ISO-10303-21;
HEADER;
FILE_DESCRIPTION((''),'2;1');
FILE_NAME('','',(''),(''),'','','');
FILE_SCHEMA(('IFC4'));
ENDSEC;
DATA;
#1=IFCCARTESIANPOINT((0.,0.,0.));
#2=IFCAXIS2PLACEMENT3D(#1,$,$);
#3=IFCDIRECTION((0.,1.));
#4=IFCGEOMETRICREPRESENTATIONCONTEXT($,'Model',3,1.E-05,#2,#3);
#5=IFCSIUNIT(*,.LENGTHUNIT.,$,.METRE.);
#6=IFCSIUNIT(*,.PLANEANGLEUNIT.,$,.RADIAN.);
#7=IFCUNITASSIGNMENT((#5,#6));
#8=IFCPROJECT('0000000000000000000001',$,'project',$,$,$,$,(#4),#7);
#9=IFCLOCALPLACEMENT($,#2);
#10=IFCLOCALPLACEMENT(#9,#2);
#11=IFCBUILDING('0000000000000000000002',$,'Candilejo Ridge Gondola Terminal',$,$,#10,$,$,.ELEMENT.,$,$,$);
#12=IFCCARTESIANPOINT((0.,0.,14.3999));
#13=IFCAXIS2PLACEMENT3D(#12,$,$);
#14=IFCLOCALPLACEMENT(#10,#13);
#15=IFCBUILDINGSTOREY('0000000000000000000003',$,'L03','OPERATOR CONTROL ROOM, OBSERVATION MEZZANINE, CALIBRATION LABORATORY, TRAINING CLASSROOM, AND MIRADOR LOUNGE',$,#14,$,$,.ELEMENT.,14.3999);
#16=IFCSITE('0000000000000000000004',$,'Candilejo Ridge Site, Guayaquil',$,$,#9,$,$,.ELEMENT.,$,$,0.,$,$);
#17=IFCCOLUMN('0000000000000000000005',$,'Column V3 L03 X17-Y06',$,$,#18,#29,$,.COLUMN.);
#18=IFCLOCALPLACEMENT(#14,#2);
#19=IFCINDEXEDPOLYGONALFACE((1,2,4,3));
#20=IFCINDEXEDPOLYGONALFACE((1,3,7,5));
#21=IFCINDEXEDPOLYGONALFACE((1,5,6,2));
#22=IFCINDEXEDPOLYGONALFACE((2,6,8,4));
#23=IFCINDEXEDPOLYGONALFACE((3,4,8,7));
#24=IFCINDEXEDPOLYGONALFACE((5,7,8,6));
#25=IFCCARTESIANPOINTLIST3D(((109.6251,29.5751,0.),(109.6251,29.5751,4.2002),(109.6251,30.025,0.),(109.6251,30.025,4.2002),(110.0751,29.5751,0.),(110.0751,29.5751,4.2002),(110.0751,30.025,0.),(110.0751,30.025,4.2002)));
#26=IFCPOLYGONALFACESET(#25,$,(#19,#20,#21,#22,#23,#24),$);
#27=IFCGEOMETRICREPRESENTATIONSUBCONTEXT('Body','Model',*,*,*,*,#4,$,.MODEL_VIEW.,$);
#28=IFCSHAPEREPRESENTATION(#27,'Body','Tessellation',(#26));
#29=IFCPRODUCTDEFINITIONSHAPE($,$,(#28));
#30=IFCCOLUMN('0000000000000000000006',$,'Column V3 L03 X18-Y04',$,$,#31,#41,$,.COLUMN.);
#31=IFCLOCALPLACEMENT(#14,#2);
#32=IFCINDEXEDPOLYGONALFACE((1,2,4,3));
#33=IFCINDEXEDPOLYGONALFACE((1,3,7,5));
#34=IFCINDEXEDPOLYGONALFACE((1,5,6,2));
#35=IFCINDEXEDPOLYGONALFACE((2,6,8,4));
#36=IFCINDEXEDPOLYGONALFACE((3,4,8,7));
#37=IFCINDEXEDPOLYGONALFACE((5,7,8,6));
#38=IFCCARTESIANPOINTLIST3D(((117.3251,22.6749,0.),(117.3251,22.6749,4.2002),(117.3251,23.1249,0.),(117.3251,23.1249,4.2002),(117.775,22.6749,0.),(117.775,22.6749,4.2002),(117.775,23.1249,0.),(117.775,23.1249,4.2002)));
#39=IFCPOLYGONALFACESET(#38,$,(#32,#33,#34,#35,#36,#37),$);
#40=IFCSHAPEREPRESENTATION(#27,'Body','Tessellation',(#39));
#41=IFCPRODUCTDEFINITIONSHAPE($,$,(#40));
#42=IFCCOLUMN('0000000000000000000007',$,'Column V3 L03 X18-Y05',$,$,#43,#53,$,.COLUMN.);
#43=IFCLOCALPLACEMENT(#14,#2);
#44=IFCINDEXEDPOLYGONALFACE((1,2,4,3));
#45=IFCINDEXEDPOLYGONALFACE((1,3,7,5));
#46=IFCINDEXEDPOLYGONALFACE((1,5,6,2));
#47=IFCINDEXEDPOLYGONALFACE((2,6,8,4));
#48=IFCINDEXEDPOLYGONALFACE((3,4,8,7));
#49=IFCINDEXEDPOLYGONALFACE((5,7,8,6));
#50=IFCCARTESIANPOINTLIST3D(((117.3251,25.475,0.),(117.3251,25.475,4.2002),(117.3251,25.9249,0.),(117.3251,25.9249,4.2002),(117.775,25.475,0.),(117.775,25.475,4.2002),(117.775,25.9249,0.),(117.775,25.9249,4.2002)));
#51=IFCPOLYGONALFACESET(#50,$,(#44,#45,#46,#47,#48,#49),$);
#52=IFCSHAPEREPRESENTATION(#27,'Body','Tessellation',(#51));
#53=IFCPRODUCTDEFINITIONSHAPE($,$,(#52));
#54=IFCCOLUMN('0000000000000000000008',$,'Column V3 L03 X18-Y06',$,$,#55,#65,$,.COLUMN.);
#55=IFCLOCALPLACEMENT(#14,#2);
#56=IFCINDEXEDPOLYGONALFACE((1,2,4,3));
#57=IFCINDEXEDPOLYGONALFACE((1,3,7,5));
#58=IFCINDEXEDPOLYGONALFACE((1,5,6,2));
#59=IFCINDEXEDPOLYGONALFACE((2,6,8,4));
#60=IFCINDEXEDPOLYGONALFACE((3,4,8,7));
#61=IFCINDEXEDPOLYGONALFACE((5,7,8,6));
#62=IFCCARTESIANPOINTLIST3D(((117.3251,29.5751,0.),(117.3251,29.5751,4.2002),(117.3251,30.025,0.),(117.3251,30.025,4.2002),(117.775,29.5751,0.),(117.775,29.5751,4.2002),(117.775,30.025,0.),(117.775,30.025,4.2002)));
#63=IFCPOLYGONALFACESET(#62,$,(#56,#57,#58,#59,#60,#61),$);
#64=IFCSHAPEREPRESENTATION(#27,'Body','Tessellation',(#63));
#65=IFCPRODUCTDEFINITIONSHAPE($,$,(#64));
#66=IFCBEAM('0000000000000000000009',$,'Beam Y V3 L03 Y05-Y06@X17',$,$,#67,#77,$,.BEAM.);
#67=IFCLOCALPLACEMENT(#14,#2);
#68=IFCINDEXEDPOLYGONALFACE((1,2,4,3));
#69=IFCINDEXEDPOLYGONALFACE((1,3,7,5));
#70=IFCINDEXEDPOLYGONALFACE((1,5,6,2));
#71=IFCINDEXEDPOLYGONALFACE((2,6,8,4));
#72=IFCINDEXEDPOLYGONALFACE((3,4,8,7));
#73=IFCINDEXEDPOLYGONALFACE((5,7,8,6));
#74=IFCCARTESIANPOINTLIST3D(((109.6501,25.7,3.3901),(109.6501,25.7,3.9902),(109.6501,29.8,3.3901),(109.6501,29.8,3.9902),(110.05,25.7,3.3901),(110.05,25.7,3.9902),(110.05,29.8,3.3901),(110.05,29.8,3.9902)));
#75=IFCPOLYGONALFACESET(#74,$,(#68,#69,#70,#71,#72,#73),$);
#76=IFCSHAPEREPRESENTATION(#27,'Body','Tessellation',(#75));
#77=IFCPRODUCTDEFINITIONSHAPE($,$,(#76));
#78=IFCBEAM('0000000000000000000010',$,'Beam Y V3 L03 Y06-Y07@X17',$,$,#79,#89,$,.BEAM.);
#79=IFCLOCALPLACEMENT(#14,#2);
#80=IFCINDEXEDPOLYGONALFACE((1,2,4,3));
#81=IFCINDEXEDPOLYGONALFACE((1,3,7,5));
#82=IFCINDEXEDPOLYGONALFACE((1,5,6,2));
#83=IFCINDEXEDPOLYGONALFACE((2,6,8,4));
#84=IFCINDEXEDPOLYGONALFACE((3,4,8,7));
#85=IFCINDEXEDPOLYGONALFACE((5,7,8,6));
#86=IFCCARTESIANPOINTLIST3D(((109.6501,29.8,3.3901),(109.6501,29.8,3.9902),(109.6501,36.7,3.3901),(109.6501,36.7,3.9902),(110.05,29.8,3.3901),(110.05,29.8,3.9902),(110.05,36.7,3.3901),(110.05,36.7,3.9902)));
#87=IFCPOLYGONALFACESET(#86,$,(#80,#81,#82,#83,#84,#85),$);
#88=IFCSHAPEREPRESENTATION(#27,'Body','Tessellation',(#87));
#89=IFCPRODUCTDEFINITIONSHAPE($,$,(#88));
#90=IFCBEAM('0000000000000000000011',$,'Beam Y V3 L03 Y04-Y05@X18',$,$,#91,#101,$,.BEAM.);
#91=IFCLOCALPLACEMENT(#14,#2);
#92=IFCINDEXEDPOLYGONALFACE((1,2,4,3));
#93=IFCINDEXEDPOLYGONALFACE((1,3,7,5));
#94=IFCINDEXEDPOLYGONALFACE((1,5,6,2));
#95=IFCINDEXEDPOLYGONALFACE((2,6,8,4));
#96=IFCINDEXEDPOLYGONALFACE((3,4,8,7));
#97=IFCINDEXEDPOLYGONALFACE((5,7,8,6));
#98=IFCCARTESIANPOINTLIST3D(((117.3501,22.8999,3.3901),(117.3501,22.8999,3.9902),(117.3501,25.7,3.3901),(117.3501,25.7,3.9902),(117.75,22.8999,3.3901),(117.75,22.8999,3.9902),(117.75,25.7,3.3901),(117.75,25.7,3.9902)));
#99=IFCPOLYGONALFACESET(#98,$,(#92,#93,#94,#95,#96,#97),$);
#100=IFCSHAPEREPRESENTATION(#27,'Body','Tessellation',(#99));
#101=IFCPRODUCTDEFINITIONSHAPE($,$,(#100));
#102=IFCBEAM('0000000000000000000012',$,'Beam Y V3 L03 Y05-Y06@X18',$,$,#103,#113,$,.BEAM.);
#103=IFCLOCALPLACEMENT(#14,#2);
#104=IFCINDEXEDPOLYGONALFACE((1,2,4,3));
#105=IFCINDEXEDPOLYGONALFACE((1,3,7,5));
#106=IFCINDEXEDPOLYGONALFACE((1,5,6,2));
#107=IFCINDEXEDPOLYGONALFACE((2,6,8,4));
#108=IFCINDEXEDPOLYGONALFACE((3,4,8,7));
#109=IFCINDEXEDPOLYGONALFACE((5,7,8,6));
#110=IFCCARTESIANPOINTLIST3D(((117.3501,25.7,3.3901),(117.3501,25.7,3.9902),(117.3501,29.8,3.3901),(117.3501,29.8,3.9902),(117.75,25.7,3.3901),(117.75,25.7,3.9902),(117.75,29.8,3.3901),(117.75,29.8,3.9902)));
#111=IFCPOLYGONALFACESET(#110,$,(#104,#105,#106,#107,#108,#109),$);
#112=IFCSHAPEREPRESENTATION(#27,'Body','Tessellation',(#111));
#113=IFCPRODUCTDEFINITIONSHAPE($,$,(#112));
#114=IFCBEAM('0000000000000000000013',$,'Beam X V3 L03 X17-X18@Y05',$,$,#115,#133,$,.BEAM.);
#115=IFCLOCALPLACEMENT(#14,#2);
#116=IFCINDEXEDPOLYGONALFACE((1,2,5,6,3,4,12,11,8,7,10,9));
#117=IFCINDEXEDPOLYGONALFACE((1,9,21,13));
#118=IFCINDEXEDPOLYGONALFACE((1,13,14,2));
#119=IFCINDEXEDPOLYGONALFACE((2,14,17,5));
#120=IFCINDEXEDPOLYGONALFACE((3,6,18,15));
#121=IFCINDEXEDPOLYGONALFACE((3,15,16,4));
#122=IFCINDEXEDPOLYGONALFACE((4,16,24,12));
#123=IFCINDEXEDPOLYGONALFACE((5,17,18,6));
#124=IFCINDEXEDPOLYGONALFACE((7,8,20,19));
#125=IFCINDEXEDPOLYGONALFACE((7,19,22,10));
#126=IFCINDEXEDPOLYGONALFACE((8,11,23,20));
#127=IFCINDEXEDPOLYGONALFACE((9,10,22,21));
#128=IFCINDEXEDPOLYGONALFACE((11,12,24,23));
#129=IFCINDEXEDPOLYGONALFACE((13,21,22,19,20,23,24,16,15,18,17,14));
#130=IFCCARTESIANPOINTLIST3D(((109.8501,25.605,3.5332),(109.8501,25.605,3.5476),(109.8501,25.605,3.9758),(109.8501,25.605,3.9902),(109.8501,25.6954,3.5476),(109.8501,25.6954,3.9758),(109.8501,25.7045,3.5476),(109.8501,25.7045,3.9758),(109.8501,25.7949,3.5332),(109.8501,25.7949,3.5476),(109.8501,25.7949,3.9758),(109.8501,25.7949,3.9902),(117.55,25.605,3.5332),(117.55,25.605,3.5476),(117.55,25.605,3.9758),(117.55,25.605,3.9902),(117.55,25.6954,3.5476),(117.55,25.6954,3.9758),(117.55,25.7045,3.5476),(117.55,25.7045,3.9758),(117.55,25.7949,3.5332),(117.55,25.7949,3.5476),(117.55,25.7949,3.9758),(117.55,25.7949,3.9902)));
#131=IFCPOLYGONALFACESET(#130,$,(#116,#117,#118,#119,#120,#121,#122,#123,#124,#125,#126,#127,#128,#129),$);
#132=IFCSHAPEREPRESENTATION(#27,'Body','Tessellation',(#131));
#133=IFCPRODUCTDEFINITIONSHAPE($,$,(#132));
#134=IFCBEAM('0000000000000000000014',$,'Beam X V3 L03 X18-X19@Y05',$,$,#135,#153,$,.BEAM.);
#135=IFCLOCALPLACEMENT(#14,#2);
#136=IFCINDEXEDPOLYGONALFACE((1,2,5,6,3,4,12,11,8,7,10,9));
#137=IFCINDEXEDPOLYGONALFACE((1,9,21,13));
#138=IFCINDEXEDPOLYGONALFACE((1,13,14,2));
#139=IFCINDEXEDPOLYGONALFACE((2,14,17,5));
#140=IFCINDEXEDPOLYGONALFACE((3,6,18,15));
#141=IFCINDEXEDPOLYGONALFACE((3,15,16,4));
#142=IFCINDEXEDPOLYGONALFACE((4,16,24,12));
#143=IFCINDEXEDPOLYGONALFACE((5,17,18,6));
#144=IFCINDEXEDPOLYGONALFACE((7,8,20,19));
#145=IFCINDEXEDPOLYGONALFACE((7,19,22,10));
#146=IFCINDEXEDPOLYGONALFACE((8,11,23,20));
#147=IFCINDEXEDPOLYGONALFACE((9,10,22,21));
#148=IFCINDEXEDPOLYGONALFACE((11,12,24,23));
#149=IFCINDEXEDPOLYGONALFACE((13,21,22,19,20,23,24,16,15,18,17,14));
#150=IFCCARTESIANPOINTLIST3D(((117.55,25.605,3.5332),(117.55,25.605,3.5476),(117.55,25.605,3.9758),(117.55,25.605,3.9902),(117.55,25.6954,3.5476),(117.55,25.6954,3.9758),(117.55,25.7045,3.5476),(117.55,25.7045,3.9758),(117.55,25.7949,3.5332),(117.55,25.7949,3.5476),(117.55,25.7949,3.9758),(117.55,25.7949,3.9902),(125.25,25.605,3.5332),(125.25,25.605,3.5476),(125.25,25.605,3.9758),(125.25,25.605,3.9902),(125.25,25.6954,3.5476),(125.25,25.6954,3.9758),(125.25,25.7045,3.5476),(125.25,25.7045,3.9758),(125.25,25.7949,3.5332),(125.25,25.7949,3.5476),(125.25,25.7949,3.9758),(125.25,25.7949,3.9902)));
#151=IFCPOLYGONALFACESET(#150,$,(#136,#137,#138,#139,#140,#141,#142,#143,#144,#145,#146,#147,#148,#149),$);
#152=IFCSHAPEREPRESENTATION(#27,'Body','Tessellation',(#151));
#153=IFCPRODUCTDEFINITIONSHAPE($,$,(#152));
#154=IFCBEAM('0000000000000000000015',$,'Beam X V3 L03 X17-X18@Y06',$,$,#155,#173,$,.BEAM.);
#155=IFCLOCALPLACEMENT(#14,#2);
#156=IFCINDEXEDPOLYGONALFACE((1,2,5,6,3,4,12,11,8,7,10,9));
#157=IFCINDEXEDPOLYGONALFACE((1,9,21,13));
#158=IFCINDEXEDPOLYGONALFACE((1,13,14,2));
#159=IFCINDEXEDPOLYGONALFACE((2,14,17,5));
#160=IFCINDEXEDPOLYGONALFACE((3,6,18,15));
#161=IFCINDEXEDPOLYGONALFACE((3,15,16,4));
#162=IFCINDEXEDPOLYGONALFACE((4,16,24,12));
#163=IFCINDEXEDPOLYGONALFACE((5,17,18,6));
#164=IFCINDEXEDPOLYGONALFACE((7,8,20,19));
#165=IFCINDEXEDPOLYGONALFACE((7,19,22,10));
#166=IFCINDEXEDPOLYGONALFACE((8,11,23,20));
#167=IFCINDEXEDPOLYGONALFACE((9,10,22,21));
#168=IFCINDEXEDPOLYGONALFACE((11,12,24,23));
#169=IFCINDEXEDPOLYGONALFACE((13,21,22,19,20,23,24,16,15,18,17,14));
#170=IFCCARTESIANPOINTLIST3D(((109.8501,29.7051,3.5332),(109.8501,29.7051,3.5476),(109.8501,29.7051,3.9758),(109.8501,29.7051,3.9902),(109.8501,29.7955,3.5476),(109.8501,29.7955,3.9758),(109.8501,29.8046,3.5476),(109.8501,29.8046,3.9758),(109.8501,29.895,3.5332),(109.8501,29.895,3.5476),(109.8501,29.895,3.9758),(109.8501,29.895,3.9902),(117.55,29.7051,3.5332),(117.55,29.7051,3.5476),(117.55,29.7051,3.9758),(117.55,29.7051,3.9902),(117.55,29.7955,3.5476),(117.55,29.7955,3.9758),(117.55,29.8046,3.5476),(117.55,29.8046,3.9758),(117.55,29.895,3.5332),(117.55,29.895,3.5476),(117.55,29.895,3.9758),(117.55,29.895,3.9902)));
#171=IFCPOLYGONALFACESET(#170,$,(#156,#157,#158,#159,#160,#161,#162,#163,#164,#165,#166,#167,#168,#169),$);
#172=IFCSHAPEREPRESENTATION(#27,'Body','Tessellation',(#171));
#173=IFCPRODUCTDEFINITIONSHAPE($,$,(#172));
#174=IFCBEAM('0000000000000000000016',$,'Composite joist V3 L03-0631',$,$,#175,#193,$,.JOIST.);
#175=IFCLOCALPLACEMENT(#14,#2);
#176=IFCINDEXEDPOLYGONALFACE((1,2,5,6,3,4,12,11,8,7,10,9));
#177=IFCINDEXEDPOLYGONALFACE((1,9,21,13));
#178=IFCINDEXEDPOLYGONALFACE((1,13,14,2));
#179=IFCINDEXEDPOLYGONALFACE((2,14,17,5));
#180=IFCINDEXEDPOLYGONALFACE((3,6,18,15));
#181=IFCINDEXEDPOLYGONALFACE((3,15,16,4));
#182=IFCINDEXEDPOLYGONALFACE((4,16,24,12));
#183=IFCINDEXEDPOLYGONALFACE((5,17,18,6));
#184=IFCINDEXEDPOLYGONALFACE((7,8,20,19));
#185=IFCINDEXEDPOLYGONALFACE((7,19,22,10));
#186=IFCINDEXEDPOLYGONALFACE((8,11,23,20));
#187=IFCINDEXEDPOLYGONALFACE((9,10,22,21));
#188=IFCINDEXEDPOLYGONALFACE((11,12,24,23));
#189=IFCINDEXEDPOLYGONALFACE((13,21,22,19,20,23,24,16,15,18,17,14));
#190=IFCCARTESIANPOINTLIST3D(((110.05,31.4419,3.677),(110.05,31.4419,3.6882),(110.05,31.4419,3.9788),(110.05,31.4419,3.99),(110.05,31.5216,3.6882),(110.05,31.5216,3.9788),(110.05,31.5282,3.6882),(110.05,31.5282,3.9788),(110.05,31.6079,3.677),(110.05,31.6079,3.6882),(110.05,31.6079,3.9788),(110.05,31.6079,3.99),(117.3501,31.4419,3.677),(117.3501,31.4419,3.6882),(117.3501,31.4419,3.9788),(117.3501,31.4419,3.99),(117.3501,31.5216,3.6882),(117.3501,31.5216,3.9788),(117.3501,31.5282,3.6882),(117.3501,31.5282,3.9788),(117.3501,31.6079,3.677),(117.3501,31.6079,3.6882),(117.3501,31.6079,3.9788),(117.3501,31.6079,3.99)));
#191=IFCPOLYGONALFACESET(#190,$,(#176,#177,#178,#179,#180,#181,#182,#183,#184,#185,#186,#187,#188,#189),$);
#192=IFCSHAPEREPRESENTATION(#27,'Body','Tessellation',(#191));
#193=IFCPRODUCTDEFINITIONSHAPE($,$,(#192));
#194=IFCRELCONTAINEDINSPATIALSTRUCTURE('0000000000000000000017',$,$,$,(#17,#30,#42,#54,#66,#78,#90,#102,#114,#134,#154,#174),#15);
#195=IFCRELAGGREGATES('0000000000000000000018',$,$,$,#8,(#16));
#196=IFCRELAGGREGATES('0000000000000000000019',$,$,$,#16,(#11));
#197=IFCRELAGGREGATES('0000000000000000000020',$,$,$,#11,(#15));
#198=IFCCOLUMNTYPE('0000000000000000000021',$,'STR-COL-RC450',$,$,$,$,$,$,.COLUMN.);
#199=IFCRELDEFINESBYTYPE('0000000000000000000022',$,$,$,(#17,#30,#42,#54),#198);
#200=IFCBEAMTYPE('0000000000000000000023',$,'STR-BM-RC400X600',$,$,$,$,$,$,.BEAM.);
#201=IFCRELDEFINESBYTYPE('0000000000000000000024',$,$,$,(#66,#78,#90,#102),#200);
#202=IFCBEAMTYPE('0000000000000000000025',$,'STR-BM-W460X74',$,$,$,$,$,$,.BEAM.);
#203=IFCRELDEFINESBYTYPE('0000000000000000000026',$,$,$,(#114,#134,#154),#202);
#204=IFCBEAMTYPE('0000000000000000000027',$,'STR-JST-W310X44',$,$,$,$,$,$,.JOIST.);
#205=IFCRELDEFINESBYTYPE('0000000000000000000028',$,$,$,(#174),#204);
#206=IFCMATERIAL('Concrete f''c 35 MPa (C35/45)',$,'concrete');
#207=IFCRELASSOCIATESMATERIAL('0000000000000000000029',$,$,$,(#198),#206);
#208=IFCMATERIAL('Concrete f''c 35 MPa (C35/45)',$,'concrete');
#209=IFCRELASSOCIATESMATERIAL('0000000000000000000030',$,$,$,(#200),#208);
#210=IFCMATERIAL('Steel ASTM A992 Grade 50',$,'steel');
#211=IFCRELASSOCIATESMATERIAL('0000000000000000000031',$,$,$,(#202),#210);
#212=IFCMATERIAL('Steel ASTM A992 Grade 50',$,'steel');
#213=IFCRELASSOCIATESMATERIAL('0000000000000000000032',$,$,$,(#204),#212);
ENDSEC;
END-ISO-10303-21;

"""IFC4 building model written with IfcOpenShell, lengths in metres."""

from ifc_helpers import new_model, si_unit, direction, frame, origin, origin_2d, place, context, subcontext, project, spatial, rectangle, i_section, extrude, material, material_profile, profile_set, type_object, element, save


model = new_model("IFC4")

# Units and contexts
model_context = context("Model", 3, precision=1e-05, world=origin(), true_north=direction((0.0, 1.0)))
body_context = subcontext(model_context, "Body", "Model", "MODEL_VIEW")
ifc_project = project(units=[si_unit("LENGTHUNIT", "METRE"), si_unit("PLANEANGLEUNIT", "RADIAN")], contexts=[model_context])

# Site, building, storey
site_placement = place(None, origin())
site = spatial("IfcSite", under=ifc_project, at=site_placement, Name="Candilejo Ridge Site, Guayaquil", CompositionType="ELEMENT", RefElevation=0.0)
building_placement = place(site_placement, origin())
building = spatial("IfcBuilding", under=site, at=building_placement, Name="Candilejo Ridge Gondola Terminal", CompositionType="ELEMENT")
storey_placement = place(building_placement, frame((0.0, 0.0, 14.3999)))
storey = spatial("IfcBuildingStorey", under=building, at=storey_placement, Name="L03", Description="OPERATOR CONTROL ROOM, OBSERVATION MEZZANINE, CALIBRATION LABORATORY, TRAINING CLASSROOM, AND MIRADOR LOUNGE", CompositionType="ELEMENT", Elevation=14.3999)

# Columns
ifc_material_1 = material(Name="Concrete f'c 35 MPa (C35/45)", Category="concrete")
ifc_material_profile_1 = material_profile(ifc_material_1, rectangle(XDim=0.45, YDim=0.45, at=origin_2d()))
ifc_profile_set_1 = profile_set([ifc_material_profile_1], Name="Concrete f'c 35 MPa (C35/45)")
column_type = type_object("IfcColumnType", Name="STR-COL-RC450", PredefinedType="COLUMN", material=ifc_profile_set_1)
for number, where, z_axis, x_axis, name in (
    (1, (109.8501, 29.8, 0.0), (0.0, 0.0, 1.0), (1.0, 0.0, 0.0), "Column V3 L03 X17-Y06"),
    (2, (117.55, 22.8999, 0.0), (0.0, 0.0, 1.0), (1.0, 0.0, 0.0), "Column V3 L03 X18-Y04"),
    (3, (117.55, 25.7, 0.0), (0.0, 0.0, 1.0), (1.0, 0.0, 0.0), "Column V3 L03 X18-Y05"),
    (4, (117.55, 29.8, 0.0), (0.0, 0.0, 1.0), (1.0, 0.0, 0.0), "Column V3 L03 X18-Y06"),
):
    element("IfcColumn", number, at=place(storey_placement, frame(where, z_axis=z_axis, x_axis=x_axis)), inside=storey, type_object=column_type, Name=name, PredefinedType="COLUMN", context=body_context, shape_type="SweptSolid", body=[
        extrude(rectangle(XDim=0.45, YDim=0.45, at=origin_2d()), origin(), (0.0, 0.0, 1.0), 4.2002),
    ])

# Beams
ifc_material_2 = material(Name="Concrete f'c 35 MPa (C35/45)", Category="concrete")
ifc_material_profile_2 = material_profile(ifc_material_2, rectangle(XDim=0.3999, YDim=0.6001, at=origin_2d()))
ifc_profile_set_2 = profile_set([ifc_material_profile_2], Name="Concrete f'c 35 MPa (C35/45)")
beam_type_1 = type_object("IfcBeamType", Name="STR-BM-RC400X600", PredefinedType="BEAM", material=ifc_profile_set_2)
beam_1_placement = place(storey_placement, frame((109.8501, 25.7, 3.6902), z_axis=(0.0, 1.0, 0.0), x_axis=(-1.0, 0.0, 0.0)))
element("IfcBeam", 5, at=beam_1_placement, inside=storey, type_object=beam_type_1, Name="Beam Y V3 L03 Y05-Y06@X17", PredefinedType="BEAM", context=body_context, shape_type="SweptSolid", body=[
    extrude(rectangle(XDim=0.3999, YDim=0.6001, at=origin_2d()), origin(), (0.0, 0.0, 1.0), 4.1001),
])
beam_2_placement = place(storey_placement, frame((109.8501, 29.8, 3.6902), z_axis=(0.0, 1.0, 0.0), x_axis=(-1.0, 0.0, 0.0)))
element("IfcBeam", 6, at=beam_2_placement, inside=storey, type_object=beam_type_1, Name="Beam Y V3 L03 Y06-Y07@X17", PredefinedType="BEAM", context=body_context, shape_type="SweptSolid", body=[
    extrude(rectangle(XDim=0.3999, YDim=0.6001, at=origin_2d()), origin(), (0.0, 0.0, 1.0), 6.8999),
])
beam_3_placement = place(storey_placement, frame((117.55, 22.8999, 3.6902), z_axis=(0.0, 1.0, 0.0), x_axis=(-1.0, 0.0, 0.0)))
element("IfcBeam", 7, at=beam_3_placement, inside=storey, type_object=beam_type_1, Name="Beam Y V3 L03 Y04-Y05@X18", PredefinedType="BEAM", context=body_context, shape_type="SweptSolid", body=[
    extrude(rectangle(XDim=0.3999, YDim=0.6001, at=origin_2d()), origin(), (0.0, 0.0, 1.0), 2.8),
])
beam_4_placement = place(storey_placement, frame((117.55, 25.7, 3.6902), z_axis=(0.0, 1.0, 0.0), x_axis=(-1.0, 0.0, 0.0)))
element("IfcBeam", 8, at=beam_4_placement, inside=storey, type_object=beam_type_1, Name="Beam Y V3 L03 Y05-Y06@X18", PredefinedType="BEAM", context=body_context, shape_type="SweptSolid", body=[
    extrude(rectangle(XDim=0.3999, YDim=0.6001, at=origin_2d()), origin(), (0.0, 0.0, 1.0), 4.1001),
])
ifc_material_3 = material(Name="Steel ASTM A992 Grade 50", Category="steel")
ifc_material_profile_3 = material_profile(ifc_material_3, i_section(OverallWidth=0.1899, OverallDepth=0.457, WebThickness=0.009, FlangeThickness=0.0144, at=origin_2d()))
ifc_profile_set_3 = profile_set([ifc_material_profile_3], Name="Steel ASTM A992 Grade 50")
beam_type_2 = type_object("IfcBeamType", Name="STR-BM-W460X74", PredefinedType="BEAM", material=ifc_profile_set_3)
for number, where, z_axis, x_axis, name in (
    (9, (109.8501, 25.7, 3.7617), (1.0, 0.0, 0.0), (0.0, 1.0, 0.0), "Beam X V3 L03 X17-X18@Y05"),
    (10, (117.55, 25.7, 3.7617), (1.0, 0.0, 0.0), (0.0, 1.0, 0.0), "Beam X V3 L03 X18-X19@Y05"),
    (11, (109.8501, 29.8, 3.7617), (1.0, 0.0, 0.0), (0.0, 1.0, 0.0), "Beam X V3 L03 X17-X18@Y06"),
):
    element("IfcBeam", number, at=place(storey_placement, frame(where, z_axis=z_axis, x_axis=x_axis)), inside=storey, type_object=beam_type_2, Name=name, PredefinedType="BEAM", context=body_context, shape_type="SweptSolid", body=[
        extrude(i_section(OverallWidth=0.1899, OverallDepth=0.457, WebThickness=0.009, FlangeThickness=0.0144, at=origin_2d()), origin(), (0.0, 0.0, 1.0), 7.7),
    ])
ifc_material_4 = material(Name="Steel ASTM A992 Grade 50", Category="steel")
ifc_material_profile_4 = material_profile(ifc_material_4, i_section(OverallWidth=0.166, OverallDepth=0.313, WebThickness=0.0066, FlangeThickness=0.0112, at=origin_2d()))
ifc_profile_set_4 = profile_set([ifc_material_profile_4], Name="Steel ASTM A992 Grade 50")
beam_type_3 = type_object("IfcBeamType", Name="STR-JST-W310X44", PredefinedType="JOIST", material=ifc_profile_set_4)
for number, where, z_axis, x_axis, name in (
    (12, (110.05, 31.5249, 3.8335), (1.0, 0.0, 0.0), (0.0, 1.0, 0.0), "Composite joist V3 L03-0631"),
):
    element("IfcBeam", number, at=place(storey_placement, frame(where, z_axis=z_axis, x_axis=x_axis)), inside=storey, type_object=beam_type_3, Name=name, PredefinedType="JOIST", context=body_context, shape_type="SweptSolid", body=[
        extrude(i_section(OverallWidth=0.166, OverallDepth=0.313, WebThickness=0.0066, FlangeThickness=0.0112, at=origin_2d()), origin(), (0.0, 0.0, 1.0), 7.3),
    ])

save(model, "model.ifc")
